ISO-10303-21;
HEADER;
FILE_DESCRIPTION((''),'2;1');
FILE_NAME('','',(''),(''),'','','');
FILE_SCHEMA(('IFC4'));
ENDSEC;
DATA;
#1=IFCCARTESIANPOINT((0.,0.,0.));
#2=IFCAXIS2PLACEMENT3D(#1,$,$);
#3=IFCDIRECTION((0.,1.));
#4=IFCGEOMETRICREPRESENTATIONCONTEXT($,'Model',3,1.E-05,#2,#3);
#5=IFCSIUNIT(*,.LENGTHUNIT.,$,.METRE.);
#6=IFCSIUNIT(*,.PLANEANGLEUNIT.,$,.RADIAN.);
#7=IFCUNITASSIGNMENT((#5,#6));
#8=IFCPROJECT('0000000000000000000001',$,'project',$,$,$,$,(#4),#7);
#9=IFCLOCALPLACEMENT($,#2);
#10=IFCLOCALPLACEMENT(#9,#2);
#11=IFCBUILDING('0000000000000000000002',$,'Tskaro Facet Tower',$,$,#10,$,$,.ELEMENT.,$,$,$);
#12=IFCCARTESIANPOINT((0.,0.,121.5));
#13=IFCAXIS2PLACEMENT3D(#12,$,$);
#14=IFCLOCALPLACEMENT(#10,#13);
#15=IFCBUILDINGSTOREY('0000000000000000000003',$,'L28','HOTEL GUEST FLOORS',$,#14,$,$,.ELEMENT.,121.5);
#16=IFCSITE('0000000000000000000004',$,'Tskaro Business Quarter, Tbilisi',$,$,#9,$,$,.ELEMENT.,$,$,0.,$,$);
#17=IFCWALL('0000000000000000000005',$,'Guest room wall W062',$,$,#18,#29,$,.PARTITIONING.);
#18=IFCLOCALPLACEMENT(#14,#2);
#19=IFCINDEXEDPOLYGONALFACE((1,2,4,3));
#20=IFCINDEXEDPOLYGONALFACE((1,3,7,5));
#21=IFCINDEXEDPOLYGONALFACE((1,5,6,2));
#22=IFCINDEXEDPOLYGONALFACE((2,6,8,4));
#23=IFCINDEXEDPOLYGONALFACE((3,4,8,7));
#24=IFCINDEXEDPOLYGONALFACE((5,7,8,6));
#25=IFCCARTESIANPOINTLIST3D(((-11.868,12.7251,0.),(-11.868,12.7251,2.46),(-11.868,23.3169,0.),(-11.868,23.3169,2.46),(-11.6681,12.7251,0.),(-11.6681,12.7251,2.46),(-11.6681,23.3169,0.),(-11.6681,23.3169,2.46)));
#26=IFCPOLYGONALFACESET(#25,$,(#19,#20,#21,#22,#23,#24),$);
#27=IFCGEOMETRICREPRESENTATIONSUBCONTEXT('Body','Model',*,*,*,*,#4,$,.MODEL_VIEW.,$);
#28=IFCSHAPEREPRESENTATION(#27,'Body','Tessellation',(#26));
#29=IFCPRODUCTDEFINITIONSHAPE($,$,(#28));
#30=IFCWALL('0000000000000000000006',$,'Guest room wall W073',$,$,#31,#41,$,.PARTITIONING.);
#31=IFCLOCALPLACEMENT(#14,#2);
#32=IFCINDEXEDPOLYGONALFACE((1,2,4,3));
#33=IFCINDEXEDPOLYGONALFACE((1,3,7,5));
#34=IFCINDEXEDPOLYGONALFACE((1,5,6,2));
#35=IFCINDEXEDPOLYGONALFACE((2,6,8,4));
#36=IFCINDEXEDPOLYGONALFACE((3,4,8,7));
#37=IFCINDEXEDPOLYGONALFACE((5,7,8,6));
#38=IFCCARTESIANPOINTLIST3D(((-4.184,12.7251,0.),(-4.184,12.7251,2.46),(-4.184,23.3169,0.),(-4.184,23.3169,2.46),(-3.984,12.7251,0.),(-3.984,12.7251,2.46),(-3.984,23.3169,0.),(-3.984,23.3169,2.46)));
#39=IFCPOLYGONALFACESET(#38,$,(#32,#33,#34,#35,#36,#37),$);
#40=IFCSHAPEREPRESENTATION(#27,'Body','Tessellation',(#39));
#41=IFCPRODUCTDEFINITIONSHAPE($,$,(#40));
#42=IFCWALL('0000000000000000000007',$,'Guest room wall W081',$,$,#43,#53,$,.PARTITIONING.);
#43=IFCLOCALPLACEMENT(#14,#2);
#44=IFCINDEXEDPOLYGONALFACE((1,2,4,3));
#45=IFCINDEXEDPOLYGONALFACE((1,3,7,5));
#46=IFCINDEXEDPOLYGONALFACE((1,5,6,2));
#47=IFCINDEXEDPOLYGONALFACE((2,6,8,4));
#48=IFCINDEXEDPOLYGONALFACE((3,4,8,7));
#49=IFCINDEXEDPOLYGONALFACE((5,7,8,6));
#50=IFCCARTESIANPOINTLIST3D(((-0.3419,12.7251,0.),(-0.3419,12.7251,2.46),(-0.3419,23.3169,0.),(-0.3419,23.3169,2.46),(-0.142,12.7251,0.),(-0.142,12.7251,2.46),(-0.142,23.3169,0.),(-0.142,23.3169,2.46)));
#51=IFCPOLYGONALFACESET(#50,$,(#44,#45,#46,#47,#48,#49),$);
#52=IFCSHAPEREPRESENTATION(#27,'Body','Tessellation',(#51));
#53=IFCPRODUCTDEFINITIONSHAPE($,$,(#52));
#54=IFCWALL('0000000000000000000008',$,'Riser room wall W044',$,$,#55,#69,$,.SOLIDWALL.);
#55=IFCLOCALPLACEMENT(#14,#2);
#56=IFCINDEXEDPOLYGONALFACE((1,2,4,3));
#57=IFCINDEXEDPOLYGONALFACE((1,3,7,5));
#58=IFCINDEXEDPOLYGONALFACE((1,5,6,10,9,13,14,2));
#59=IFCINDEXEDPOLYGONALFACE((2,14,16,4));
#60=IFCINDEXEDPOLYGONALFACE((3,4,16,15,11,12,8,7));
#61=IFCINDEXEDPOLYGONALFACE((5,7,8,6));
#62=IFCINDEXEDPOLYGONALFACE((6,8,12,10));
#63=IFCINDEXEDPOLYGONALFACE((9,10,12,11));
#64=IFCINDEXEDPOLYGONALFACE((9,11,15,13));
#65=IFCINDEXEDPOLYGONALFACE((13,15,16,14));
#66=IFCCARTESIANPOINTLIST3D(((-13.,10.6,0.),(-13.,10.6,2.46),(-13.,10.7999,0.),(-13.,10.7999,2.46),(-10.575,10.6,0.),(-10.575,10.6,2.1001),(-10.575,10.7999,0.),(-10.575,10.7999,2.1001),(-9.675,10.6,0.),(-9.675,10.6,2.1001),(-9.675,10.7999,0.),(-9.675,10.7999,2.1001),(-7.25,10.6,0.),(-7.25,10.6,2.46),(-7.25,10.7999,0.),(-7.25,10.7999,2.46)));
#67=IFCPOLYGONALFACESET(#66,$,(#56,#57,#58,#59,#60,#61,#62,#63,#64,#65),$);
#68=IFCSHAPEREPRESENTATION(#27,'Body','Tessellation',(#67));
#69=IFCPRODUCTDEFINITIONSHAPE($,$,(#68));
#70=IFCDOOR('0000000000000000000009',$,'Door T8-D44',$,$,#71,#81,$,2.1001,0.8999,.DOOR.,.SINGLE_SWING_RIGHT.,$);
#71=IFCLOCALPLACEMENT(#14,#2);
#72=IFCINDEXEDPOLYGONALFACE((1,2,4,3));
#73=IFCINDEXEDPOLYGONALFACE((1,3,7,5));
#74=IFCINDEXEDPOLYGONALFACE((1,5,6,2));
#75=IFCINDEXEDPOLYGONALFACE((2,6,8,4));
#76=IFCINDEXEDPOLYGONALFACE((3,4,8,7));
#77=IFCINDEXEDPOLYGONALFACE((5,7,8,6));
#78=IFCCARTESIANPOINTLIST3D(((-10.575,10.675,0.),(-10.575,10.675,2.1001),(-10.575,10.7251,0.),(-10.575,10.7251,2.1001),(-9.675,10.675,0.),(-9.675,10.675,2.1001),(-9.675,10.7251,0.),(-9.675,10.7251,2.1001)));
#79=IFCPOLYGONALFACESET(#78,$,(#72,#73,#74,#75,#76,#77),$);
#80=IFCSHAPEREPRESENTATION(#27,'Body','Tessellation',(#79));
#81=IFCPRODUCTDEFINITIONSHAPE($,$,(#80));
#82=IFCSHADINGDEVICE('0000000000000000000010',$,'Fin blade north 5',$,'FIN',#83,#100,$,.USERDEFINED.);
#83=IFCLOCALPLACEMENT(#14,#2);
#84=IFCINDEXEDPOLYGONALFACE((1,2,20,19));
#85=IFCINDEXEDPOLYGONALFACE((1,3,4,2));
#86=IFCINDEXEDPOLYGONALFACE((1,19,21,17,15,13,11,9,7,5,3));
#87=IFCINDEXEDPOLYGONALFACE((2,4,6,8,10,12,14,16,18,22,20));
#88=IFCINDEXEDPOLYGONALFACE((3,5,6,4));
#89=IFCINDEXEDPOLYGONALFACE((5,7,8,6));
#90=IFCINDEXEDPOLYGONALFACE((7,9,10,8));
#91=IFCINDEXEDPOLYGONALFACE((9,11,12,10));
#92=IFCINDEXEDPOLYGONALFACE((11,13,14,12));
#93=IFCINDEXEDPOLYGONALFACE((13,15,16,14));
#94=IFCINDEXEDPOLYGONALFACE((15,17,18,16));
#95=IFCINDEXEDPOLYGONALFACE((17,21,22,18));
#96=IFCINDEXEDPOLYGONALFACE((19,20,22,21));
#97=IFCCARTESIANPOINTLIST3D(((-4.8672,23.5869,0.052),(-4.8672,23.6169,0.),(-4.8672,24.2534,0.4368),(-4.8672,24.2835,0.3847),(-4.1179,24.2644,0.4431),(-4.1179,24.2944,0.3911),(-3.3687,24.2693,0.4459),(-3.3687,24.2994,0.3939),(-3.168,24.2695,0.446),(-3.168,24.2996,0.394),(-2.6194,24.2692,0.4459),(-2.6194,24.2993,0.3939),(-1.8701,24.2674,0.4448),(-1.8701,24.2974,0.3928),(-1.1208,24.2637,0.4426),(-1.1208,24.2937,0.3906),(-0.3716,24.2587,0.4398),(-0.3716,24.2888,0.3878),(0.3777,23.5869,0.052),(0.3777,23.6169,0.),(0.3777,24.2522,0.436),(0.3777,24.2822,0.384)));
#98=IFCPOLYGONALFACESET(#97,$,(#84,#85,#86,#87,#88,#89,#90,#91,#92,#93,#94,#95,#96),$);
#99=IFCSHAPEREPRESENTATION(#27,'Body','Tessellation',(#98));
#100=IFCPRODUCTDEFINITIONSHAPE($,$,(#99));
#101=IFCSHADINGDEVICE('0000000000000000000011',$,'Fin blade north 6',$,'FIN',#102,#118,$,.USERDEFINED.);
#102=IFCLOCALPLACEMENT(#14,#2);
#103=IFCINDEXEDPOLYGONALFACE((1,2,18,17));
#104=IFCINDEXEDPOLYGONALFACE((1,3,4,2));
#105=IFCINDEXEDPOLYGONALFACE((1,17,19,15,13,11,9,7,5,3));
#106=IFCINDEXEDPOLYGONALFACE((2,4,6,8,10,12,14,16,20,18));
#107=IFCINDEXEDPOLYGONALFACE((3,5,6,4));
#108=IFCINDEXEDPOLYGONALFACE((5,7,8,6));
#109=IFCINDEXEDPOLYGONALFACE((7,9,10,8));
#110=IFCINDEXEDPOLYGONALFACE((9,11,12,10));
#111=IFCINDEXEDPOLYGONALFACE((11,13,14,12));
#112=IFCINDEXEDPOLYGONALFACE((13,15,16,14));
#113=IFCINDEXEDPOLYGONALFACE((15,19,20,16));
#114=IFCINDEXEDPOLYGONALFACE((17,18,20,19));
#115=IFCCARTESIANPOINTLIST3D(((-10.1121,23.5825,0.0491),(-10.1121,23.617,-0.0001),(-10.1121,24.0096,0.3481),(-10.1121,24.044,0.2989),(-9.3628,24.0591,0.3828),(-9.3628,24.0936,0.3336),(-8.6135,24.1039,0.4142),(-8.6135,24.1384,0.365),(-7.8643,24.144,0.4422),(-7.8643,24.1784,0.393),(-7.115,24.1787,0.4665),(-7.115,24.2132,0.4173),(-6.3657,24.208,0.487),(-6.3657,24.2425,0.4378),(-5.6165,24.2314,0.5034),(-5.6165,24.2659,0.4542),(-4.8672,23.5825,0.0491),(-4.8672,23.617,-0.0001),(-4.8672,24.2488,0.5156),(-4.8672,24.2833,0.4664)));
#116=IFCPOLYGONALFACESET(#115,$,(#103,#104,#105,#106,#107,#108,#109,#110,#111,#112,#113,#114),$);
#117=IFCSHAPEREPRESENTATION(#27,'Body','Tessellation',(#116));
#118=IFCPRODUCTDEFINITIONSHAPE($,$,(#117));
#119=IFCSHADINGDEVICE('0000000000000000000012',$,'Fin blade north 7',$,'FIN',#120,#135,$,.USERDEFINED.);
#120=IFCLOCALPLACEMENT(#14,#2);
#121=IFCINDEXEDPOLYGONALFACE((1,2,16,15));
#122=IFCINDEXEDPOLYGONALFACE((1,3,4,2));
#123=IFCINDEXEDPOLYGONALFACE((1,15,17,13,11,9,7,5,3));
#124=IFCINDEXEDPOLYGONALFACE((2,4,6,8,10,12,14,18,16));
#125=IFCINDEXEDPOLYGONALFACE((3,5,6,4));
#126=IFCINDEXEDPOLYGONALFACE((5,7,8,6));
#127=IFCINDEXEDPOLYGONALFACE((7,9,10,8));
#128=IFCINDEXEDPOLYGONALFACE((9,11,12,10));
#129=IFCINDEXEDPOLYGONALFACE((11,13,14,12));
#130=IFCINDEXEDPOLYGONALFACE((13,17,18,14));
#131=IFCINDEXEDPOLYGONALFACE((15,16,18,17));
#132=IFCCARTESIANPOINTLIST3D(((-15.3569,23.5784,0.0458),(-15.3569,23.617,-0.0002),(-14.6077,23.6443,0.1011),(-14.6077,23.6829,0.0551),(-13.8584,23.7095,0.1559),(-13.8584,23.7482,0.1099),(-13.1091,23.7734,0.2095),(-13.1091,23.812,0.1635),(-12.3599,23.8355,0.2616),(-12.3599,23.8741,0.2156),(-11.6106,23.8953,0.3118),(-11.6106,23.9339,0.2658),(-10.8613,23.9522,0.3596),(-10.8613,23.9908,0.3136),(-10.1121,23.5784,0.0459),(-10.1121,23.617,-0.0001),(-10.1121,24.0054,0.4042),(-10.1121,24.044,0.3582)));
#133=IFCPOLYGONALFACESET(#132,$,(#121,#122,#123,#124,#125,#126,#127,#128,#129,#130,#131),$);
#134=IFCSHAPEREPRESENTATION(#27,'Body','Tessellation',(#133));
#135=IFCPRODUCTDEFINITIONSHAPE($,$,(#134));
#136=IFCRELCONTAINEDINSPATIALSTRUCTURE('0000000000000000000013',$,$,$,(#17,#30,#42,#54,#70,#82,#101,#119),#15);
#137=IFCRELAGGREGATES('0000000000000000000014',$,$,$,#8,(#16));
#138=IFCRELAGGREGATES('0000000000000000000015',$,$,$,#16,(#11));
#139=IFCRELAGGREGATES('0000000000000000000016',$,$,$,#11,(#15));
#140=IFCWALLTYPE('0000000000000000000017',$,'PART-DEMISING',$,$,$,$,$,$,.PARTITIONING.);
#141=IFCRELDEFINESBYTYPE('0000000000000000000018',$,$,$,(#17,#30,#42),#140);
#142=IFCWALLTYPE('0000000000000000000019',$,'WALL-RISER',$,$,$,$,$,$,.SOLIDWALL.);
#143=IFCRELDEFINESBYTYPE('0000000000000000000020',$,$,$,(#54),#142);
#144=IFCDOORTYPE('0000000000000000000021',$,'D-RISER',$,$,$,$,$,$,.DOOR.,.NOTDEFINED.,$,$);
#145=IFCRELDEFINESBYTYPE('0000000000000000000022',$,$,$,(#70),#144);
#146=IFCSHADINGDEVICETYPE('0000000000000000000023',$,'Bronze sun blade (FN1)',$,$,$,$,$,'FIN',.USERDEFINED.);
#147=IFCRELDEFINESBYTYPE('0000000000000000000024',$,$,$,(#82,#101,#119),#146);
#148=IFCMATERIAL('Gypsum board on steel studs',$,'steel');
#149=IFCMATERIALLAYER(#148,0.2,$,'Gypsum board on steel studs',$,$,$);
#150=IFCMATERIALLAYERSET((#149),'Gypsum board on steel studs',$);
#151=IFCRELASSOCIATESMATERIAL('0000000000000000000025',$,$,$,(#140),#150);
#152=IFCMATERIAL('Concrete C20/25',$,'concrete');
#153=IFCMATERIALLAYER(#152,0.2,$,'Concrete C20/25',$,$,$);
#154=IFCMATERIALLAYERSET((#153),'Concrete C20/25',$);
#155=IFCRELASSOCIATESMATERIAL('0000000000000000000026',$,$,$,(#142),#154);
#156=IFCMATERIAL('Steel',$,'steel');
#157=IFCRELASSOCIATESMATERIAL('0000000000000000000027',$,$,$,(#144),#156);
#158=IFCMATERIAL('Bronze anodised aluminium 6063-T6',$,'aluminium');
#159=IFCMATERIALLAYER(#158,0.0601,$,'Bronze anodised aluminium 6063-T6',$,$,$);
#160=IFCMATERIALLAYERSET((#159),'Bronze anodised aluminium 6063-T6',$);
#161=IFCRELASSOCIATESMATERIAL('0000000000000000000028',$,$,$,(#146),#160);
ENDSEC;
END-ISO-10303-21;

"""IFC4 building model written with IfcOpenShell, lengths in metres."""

from ifc_helpers import new_model, si_unit, direction, frame, frame_2d, origin, place, context, subcontext, project, spatial, polyline, rectangle, outline, extrude, material, layer, layer_set, type_object, element, fill, save


model = new_model("IFC4")

# Units and contexts
model_context = context("Model", 3, precision=1e-05, world=origin(), true_north=direction((0.0, 1.0)))
body_context = subcontext(model_context, "Body", "Model", "MODEL_VIEW")
ifc_project = project(units=[si_unit("LENGTHUNIT", "METRE"), si_unit("PLANEANGLEUNIT", "RADIAN")], contexts=[model_context])

# Site, building, storey
site_placement = place(None, origin())
site = spatial("IfcSite", under=ifc_project, at=site_placement, Name="Tskaro Business Quarter, Tbilisi", CompositionType="ELEMENT", RefElevation=0.0)
building_placement = place(site_placement, origin())
building = spatial("IfcBuilding", under=site, at=building_placement, Name="Tskaro Facet Tower", CompositionType="ELEMENT")
storey_placement = place(building_placement, frame((0.0, 0.0, 121.5)))
storey = spatial("IfcBuildingStorey", under=building, at=storey_placement, Name="L28", Description="HOTEL GUEST FLOORS", CompositionType="ELEMENT", Elevation=121.5)

# Shared definitions
ifc_material_1 = material(Name="Bronze anodised aluminium 6063-T6", Category="aluminium")

# Shared definitions
ifc_material_2 = material(Name="Gypsum board on steel studs", Category="steel")
ifc_material_3 = material(Name="Steel", Category="steel")

# Walls
ifc_layer_1 = layer(ifc_material_2, 0.2, Name="Gypsum board on steel studs")
ifc_layer_set_1 = layer_set([ifc_layer_1], Name="Gypsum board on steel studs")
wall_type_1 = type_object("IfcWallType", Name="PART-DEMISING", PredefinedType="PARTITIONING", material=ifc_layer_set_1)
for number, where, z_axis, x_axis, name in (
    (1, (-11.7681, 12.7251, 0.0), (0.0, 0.0, 1.0), (0.0, 1.0, 0.0), "Guest room wall W062"),
    (2, (-4.084, 12.7251, 0.0), (0.0, 0.0, 1.0), (0.0, 1.0, 0.0), "Guest room wall W073"),
    (3, (-0.2419, 12.7251, 0.0), (0.0, 0.0, 1.0), (0.0, 1.0, 0.0), "Guest room wall W081"),
):
    element("IfcWall", number, at=place(storey_placement, frame(where, z_axis=z_axis, x_axis=x_axis)), inside=storey, type_object=wall_type_1, Name=name, PredefinedType="PARTITIONING", context=body_context, shape_type="SweptSolid", body=[
        extrude(rectangle(XDim=10.5918, YDim=0.2, at=frame_2d((5.2959, 0.0))), origin(), (0.0, 0.0, 1.0), 2.46),
    ])

# Wall, opening, door
ifc_material_4 = material(Name="Concrete C20/25", Category="concrete")
ifc_layer_2 = layer(ifc_material_4, 0.2, Name="Concrete C20/25")
ifc_layer_set_2 = layer_set([ifc_layer_2], Name="Concrete C20/25")
wall_type_2 = type_object("IfcWallType", Name="WALL-RISER", PredefinedType="SOLIDWALL", material=ifc_layer_set_2)
wall_1_placement = place(storey_placement, frame((-7.25, 10.7, 0.0), z_axis=(0.0, 0.0, 1.0), x_axis=(-1.0, 0.0, 0.0)))
wall_1 = element("IfcWall", 4, at=wall_1_placement, inside=storey, type_object=wall_type_2, Name="Riser room wall W044", PredefinedType="SOLIDWALL", context=body_context, shape_type="SweptSolid", body=[
    extrude(rectangle(XDim=5.75, YDim=0.2, at=frame_2d((2.875, 0.0))), origin(), (0.0, 0.0, 1.0), 2.46),
])
opening_1_placement = place(wall_1_placement, frame((2.425, 0.0, 0.0)))
opening_1 = element("IfcOpeningElement", 5, at=opening_1_placement, cuts=wall_1, PredefinedType="OPENING", context=body_context, shape_type="SweptSolid", body=[
    extrude(rectangle(XDim=0.8999, YDim=2.1001, at=frame_2d((0.45, 1.05))), frame((0.0, 0.1099, 0.0), z_axis=(0.0, -1.0, 0.0), x_axis=(1.0, 0.0, 0.0)), (0.0, 0.0, 1.0), 0.22),
])
door_type_1 = type_object("IfcDoorType", Name="D-RISER", OperationType="NOTDEFINED", PredefinedType="DOOR", material=ifc_material_3)
door_1_placement = place(opening_1_placement, origin())
door_1 = element("IfcDoor", 6, at=door_1_placement, inside=storey, type_object=door_type_1, Name="Door T8-D44", OperationType="SINGLE_SWING_RIGHT", OverallHeight=2.1001, OverallWidth=0.8999, PredefinedType="DOOR", context=body_context, shape_type="SweptSolid", body=[
    extrude(rectangle(XDim=0.8999, YDim=2.1001, at=frame_2d((0.45, 1.05))), frame((0.0, 0.0249, 0.0), z_axis=(0.0, -1.0, 0.0), x_axis=(1.0, 0.0, 0.0)), (0.0, 0.0, 1.0), 0.05),
])
fill(opening_1, door_1)

# Shading devices
ifc_layer_3 = layer(ifc_material_1, 0.0601, Name="Bronze anodised aluminium 6063-T6")
ifc_layer_set_3 = layer_set([ifc_layer_3], Name="Bronze anodised aluminium 6063-T6")
shading_device_type = type_object("IfcShadingDeviceType", Name="Bronze sun blade (FN1)", ElementType="FIN", PredefinedType="USERDEFINED", material=ifc_layer_set_3)
shading_device_1_placement = place(storey_placement, frame((0.3777, 23.5869, 0.052), z_axis=(0.000003, -0.499924, 0.866069), x_axis=(-1.0, -0.000001, 0.000002)))
element("IfcShadingDevice", 7, at=shading_device_1_placement, inside=storey, type_object=shading_device_type, Name="Fin blade north 5", ObjectType="FIN", PredefinedType="USERDEFINED", context=body_context, shape_type="SweptSolid", body=[
    extrude(outline(polyline([(0.0, 0.0), (5.2449, 0.0), (5.2449, -0.7696), (4.4956, -0.7823), (3.7463, -0.788), (3.5457, -0.7882), (2.9971, -0.7879), (2.2478, -0.7857), (1.4985, -0.7814), (0.7493, -0.7757), (0.0, -0.7682), (0.0, 0.0)])), origin(), (0.0, 0.0, -1.0), 0.0601),
])
shading_device_2_placement = place(storey_placement, frame((-4.8672, 23.5825, 0.0491), z_axis=(0.0, -0.573553, 0.819168), x_axis=(-1.0, 0.0, 0.0)))
element("IfcShadingDevice", 8, at=shading_device_2_placement, inside=storey, type_object=shading_device_type, Name="Fin blade north 6", ObjectType="FIN", PredefinedType="USERDEFINED", context=body_context, shape_type="SweptSolid", body=[
    extrude(outline(polyline([(0.0, 0.0), (5.2449, 0.0), (5.2449, -0.5213), (4.4956, -0.5818), (3.7463, -0.6365), (2.9971, -0.6854), (2.2478, -0.7278), (1.4985, -0.7636), (0.7493, -0.7922), (0.0, -0.8134), (0.0, 0.0)])), origin(), (0.0, 0.0, -1.0), 0.0601),
])
shading_device_3_placement = place(storey_placement, frame((-10.1121, 23.5784, 0.0459), z_axis=(-0.000013, -0.642804, 0.766031), x_axis=(-1.0, 0.000008, -0.00001)))
element("IfcShadingDevice", 9, at=shading_device_3_placement, inside=storey, type_object=shading_device_type, Name="Fin blade north 7", ObjectType="FIN", PredefinedType="USERDEFINED", context=body_context, shape_type="SweptSolid", body=[
    extrude(outline(polyline([(0.0, 0.0), (5.2449, 0.0), (4.4956, -0.086), (3.7463, -0.1712), (2.9971, -0.2546), (2.2478, -0.3357), (1.4985, -0.4137), (0.7493, -0.488), (0.0, -0.5575), (0.0, 0.0)])), origin(), (0.0, 0.0, -1.0), 0.0601),
])

save(model, "model.ifc")
